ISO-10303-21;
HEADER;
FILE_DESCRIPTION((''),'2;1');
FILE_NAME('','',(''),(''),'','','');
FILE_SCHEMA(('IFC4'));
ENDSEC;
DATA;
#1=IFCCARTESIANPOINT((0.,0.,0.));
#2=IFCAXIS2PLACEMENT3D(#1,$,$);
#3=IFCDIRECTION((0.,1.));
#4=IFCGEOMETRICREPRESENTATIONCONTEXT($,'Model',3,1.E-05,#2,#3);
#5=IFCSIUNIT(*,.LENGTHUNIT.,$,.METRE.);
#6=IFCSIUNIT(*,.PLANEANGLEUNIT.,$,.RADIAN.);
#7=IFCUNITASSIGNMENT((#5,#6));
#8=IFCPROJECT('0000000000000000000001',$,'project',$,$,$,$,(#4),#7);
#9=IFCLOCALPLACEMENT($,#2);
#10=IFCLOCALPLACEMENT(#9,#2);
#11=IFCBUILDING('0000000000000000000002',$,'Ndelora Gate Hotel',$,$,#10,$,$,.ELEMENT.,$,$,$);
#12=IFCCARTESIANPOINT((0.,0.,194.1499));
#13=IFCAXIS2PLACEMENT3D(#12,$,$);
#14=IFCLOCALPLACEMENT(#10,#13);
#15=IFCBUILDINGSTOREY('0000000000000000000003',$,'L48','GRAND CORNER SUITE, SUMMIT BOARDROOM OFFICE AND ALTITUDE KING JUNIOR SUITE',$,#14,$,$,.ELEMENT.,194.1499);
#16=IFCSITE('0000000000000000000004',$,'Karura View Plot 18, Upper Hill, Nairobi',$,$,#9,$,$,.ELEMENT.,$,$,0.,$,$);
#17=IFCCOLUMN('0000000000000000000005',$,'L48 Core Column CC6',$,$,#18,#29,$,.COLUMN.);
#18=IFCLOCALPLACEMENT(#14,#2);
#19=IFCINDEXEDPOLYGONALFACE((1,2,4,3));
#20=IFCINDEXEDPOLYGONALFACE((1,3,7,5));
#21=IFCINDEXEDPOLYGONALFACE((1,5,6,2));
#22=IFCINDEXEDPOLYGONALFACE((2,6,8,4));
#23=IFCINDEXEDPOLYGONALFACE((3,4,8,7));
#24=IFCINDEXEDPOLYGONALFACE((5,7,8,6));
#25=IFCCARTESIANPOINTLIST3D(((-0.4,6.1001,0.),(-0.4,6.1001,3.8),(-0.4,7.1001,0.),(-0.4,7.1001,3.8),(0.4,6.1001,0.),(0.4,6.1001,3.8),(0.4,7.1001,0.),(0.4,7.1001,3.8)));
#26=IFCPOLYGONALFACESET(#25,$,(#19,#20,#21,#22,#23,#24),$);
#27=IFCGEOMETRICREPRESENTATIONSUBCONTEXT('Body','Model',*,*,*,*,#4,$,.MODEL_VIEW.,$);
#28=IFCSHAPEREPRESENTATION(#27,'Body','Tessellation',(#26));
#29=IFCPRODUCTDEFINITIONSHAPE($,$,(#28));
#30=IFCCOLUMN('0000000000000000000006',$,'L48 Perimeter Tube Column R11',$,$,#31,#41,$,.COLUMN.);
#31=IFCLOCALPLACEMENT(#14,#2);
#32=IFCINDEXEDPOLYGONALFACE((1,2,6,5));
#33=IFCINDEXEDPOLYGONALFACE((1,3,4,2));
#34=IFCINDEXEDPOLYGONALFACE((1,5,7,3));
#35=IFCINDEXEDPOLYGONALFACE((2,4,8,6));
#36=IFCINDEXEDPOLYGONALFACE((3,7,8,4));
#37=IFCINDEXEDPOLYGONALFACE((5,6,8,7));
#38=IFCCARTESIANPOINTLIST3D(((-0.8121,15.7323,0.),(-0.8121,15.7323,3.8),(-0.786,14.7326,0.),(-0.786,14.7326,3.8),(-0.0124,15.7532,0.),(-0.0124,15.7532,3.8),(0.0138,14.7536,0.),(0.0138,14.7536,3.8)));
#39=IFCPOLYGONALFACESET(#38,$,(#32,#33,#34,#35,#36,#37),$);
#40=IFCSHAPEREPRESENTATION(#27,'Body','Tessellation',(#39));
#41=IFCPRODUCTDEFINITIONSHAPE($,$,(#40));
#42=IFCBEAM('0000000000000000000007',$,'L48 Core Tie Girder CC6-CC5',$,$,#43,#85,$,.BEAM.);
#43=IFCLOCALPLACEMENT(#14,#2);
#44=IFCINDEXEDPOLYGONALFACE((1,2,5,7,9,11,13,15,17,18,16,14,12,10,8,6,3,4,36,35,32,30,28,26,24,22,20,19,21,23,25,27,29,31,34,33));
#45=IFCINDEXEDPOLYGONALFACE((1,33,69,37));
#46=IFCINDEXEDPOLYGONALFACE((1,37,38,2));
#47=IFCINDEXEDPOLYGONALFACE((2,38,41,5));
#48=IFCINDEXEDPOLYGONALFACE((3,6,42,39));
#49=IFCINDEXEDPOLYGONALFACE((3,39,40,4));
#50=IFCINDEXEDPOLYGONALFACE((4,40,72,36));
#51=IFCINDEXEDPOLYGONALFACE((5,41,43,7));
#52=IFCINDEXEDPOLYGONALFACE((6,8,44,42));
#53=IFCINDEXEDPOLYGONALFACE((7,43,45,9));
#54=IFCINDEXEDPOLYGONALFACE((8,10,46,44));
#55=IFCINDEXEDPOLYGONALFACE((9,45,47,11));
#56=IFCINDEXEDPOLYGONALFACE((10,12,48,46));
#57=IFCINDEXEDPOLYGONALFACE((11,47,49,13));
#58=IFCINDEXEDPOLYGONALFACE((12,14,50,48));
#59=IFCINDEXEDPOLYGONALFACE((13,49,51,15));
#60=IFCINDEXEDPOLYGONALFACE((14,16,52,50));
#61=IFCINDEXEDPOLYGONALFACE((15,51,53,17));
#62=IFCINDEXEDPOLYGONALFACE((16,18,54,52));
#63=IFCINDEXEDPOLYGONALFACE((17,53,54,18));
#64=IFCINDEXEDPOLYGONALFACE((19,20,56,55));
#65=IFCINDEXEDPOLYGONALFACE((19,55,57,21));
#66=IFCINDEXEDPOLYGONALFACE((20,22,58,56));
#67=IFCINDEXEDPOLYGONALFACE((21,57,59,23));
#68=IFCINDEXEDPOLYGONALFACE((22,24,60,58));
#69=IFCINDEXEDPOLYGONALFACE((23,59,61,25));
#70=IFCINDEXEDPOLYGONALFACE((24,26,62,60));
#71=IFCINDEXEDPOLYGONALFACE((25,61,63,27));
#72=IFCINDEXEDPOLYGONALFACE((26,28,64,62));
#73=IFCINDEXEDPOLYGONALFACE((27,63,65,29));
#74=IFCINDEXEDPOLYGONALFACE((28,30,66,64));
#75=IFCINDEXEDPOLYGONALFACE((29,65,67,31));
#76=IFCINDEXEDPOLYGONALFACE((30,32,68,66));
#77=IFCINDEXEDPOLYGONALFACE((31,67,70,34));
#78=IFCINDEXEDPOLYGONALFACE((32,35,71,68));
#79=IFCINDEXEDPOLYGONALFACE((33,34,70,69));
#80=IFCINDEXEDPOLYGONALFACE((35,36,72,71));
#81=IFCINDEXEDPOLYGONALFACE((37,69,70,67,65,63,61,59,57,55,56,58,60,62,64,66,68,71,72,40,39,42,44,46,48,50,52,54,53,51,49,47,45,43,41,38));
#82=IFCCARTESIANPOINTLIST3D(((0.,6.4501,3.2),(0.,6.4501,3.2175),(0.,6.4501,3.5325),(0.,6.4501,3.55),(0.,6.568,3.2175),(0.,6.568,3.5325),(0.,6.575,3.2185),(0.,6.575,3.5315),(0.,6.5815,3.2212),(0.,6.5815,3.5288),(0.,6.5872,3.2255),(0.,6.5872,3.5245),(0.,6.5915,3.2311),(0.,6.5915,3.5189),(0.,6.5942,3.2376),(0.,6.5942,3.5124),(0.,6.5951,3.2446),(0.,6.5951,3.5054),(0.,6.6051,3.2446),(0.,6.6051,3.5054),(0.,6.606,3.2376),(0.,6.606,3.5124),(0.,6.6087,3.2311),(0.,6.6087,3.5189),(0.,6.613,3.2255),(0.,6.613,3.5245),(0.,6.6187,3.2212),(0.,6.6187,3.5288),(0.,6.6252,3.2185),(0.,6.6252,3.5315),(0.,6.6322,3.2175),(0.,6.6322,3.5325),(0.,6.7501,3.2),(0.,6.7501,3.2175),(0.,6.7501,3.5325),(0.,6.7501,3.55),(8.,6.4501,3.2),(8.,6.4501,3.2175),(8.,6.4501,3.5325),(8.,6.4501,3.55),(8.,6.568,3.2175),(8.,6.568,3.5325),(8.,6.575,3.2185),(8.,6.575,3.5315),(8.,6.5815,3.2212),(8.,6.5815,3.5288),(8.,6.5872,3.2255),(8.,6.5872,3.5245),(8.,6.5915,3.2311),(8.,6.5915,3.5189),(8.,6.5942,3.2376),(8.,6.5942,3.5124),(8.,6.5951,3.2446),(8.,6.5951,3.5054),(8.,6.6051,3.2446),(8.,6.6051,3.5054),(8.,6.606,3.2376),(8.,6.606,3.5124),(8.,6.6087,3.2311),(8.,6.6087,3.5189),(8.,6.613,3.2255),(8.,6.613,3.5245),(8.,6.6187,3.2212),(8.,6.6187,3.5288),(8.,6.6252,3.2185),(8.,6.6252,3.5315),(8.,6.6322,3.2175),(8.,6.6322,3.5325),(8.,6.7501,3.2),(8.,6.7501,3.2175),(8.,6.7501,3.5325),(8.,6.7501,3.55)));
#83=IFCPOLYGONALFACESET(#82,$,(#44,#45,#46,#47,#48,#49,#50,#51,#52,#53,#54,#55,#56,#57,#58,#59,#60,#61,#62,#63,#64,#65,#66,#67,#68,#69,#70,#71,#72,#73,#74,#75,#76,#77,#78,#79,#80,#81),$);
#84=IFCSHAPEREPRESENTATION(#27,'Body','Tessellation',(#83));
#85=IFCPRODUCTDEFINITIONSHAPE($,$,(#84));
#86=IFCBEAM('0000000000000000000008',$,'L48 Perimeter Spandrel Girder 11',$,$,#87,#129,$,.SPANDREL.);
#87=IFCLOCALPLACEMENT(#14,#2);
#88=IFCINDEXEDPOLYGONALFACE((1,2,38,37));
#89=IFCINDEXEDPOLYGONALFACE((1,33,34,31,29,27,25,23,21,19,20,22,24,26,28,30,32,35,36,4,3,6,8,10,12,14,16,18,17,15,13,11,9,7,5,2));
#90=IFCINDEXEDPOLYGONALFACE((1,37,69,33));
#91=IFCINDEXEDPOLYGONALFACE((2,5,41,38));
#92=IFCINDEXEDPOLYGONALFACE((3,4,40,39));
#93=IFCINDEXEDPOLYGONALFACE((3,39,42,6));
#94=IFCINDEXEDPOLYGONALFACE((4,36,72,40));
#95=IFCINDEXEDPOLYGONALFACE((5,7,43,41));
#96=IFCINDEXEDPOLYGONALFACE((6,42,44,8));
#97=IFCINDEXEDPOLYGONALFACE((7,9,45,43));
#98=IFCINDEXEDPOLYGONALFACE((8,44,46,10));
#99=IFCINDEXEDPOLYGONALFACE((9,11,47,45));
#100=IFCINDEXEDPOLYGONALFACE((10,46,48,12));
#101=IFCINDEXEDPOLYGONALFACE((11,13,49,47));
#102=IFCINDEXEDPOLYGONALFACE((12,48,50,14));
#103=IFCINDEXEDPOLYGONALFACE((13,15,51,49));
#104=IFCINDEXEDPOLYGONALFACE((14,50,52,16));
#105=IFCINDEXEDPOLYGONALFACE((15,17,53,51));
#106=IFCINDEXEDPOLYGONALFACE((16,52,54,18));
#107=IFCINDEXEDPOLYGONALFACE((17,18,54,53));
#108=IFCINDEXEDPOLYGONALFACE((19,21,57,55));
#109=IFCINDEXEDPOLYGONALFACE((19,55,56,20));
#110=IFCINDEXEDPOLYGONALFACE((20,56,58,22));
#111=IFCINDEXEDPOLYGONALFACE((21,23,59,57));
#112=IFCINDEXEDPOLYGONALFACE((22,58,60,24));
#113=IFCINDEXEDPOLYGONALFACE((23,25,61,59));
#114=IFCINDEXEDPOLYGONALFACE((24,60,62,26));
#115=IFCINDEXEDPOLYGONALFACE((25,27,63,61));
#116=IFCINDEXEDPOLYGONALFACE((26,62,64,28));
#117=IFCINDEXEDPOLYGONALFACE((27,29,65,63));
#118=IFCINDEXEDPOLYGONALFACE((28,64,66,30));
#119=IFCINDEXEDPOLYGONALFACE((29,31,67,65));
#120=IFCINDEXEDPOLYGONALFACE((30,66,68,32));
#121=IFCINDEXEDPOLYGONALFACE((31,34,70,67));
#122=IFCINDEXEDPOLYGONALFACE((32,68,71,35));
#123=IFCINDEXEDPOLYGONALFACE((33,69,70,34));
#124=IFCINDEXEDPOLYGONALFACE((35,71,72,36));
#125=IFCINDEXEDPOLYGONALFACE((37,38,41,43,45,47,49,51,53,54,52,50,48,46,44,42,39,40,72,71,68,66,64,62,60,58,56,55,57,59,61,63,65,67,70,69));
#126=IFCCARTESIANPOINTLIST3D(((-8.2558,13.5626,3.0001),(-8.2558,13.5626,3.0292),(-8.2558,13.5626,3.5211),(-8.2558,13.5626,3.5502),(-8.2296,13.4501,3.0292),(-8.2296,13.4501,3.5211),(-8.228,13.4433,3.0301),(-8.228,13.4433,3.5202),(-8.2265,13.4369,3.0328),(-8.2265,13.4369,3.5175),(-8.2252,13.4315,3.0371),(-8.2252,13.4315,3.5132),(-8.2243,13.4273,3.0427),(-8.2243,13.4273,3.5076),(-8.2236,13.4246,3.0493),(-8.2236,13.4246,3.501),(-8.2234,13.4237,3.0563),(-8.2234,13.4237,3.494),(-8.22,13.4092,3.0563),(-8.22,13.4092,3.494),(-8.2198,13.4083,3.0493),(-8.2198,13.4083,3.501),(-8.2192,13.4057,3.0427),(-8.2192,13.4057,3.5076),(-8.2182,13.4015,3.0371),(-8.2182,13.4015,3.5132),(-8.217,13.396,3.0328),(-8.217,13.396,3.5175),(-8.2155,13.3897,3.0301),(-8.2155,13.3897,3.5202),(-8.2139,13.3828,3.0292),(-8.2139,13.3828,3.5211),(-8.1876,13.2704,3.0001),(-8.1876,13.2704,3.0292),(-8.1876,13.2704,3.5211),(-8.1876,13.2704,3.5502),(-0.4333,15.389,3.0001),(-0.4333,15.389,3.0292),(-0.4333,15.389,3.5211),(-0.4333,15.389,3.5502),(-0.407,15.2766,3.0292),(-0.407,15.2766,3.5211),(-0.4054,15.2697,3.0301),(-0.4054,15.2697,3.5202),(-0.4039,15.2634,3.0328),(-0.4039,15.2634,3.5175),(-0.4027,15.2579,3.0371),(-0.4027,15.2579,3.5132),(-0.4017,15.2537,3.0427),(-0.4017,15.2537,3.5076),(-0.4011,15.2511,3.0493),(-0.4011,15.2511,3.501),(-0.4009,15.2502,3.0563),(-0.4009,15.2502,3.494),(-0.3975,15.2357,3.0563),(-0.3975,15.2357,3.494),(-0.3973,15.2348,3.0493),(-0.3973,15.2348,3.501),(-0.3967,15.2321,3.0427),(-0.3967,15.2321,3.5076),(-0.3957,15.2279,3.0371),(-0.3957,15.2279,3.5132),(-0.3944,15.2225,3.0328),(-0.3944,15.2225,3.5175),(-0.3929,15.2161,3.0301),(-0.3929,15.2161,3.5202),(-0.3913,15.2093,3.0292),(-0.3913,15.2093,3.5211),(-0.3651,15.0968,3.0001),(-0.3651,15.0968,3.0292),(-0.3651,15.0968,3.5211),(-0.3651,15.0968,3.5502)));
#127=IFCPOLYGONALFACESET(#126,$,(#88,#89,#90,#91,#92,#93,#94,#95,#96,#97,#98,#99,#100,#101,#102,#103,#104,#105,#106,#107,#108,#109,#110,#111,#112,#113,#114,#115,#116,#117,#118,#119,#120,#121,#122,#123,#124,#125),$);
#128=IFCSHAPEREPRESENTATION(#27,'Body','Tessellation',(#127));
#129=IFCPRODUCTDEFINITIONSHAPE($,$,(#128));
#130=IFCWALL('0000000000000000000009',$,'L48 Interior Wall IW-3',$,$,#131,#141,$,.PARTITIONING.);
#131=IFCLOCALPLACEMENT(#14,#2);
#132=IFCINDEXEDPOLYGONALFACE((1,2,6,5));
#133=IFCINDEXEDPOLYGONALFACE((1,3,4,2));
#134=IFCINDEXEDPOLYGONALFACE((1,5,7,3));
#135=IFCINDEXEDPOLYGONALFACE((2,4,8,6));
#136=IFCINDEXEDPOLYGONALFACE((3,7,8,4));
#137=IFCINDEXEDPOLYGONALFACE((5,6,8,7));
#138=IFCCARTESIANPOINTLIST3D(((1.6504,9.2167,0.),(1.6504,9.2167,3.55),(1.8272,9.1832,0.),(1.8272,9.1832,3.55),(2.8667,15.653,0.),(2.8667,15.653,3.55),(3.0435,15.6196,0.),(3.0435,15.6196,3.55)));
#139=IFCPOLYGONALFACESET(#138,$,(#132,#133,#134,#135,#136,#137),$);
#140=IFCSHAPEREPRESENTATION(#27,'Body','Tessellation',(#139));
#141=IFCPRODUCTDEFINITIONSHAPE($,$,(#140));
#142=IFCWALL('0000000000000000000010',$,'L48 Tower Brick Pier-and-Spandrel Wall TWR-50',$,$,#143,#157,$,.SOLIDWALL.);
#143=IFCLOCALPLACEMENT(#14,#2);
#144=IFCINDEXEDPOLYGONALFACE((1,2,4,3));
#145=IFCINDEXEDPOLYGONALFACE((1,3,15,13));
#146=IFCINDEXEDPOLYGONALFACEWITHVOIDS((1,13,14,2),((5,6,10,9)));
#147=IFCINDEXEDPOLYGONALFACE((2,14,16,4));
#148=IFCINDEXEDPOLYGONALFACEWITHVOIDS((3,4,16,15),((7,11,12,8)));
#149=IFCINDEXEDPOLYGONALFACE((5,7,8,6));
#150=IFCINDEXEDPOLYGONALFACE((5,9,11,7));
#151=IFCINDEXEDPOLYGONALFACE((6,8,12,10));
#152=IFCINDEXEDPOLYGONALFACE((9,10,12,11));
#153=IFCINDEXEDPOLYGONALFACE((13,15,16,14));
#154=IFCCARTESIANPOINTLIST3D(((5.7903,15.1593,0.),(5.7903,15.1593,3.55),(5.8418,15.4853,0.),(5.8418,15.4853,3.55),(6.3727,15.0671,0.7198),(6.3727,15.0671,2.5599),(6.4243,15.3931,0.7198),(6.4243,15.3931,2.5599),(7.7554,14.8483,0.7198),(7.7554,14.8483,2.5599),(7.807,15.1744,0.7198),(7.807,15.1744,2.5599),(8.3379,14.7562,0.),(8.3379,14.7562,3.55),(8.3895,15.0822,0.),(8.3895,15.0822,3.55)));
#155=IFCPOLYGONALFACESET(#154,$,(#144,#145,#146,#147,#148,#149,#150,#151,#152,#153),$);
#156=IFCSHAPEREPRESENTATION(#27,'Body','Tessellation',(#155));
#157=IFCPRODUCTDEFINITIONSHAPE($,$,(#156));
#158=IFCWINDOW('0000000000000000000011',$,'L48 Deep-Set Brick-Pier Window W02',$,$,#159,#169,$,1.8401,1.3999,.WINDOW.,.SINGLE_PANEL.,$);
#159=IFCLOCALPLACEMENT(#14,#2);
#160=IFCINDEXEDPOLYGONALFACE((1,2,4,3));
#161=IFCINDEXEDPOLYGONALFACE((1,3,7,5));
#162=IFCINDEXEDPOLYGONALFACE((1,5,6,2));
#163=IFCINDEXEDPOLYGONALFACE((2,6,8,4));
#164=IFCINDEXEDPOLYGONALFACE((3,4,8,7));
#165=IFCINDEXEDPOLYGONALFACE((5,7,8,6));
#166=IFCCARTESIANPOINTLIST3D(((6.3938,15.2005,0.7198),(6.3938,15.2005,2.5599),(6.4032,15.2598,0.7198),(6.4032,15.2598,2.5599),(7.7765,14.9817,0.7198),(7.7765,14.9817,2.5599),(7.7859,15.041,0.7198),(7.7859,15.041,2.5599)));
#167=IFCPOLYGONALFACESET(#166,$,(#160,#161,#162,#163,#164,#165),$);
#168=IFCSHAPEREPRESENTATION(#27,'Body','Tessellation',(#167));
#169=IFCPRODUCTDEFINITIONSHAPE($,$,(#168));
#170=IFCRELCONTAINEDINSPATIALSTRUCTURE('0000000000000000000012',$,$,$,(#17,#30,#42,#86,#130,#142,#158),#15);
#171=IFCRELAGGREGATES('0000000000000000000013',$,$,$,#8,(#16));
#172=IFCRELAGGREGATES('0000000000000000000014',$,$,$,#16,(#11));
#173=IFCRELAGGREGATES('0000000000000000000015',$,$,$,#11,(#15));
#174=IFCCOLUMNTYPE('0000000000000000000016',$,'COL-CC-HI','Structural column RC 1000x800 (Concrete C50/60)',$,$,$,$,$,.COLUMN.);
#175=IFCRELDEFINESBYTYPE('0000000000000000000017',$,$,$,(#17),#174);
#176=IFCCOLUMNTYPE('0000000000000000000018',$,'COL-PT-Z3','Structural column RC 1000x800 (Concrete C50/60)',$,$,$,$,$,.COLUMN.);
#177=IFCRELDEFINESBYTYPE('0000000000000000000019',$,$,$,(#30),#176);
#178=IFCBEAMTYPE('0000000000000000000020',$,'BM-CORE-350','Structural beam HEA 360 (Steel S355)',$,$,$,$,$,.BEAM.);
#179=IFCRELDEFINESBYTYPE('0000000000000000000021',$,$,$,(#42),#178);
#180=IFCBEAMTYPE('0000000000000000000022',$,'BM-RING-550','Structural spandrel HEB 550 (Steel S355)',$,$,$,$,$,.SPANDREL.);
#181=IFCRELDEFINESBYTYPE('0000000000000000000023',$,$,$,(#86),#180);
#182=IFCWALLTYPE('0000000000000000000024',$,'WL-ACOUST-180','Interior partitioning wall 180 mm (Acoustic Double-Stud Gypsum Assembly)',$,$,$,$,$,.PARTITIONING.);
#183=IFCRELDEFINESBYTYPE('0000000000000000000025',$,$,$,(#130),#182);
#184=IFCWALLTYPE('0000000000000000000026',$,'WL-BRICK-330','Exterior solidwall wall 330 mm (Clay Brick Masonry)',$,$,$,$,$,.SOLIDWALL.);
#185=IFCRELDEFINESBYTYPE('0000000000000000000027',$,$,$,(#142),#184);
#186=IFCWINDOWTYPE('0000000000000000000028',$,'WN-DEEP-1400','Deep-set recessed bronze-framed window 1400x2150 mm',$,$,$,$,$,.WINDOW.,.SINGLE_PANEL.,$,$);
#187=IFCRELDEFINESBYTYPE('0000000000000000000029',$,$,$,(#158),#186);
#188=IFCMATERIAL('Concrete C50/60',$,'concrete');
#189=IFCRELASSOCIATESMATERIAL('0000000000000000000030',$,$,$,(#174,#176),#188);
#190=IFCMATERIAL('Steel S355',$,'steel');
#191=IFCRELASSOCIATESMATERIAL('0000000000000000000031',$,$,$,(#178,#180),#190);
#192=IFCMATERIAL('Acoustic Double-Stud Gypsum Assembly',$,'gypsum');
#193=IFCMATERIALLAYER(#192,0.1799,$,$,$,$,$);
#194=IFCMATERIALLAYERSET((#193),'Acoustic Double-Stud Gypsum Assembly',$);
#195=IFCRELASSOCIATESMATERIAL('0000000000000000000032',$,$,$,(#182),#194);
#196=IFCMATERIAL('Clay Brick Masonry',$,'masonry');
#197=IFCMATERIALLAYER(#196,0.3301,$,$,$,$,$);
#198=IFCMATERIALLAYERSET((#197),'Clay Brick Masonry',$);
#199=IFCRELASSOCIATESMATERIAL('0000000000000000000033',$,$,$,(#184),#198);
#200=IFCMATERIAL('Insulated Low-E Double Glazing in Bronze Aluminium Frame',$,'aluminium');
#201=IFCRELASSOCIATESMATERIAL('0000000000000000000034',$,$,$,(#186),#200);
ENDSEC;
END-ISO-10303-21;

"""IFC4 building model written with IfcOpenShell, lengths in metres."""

from ifc_helpers import new_model, si_unit, direction, frame, frame_2d, origin, origin_2d, place, context, subcontext, project, spatial, rectangle, i_section, extrude, material, layer, layer_set, material_profile, profile_set, type_object, element, fill, save


model = new_model("IFC4")

# Units and contexts
model_context = context("Model", 3, precision=1e-05, world=origin(), true_north=direction((0.0, 1.0)))
body_context = subcontext(model_context, "Body", "Model", "MODEL_VIEW")
ifc_project = project(units=[si_unit("LENGTHUNIT", "METRE"), si_unit("PLANEANGLEUNIT", "RADIAN")], contexts=[model_context])

# Site, building, storey
site_placement = place(None, origin())
site = spatial("IfcSite", under=ifc_project, at=site_placement, Name="Karura View Plot 18, Upper Hill, Nairobi", CompositionType="ELEMENT", RefElevation=0.0)
building_placement = place(site_placement, origin())
building = spatial("IfcBuilding", under=site, at=building_placement, Name="Ndelora Gate Hotel", CompositionType="ELEMENT")
storey_placement = place(building_placement, frame((0.0, 0.0, 194.1499)))
storey = spatial("IfcBuildingStorey", under=building, at=storey_placement, Name="L48", Description="GRAND CORNER SUITE, SUMMIT BOARDROOM OFFICE AND ALTITUDE KING JUNIOR SUITE", CompositionType="ELEMENT", Elevation=194.1499)

# Columns
ifc_material_1 = material(Name="Concrete C50/60", Category="concrete")
ifc_material_profile_1 = material_profile(ifc_material_1, rectangle(XDim=0.8, YDim=1.0, at=origin_2d()), Name="RC 1000x800")
ifc_profile_set_1 = profile_set([ifc_material_profile_1], Name="Concrete C50/60")
column_type_1 = type_object("IfcColumnType", Name="COL-CC-HI", Description="Structural column RC 1000x800 (Concrete C50/60)", PredefinedType="COLUMN", material=ifc_profile_set_1)
column_1_placement = place(storey_placement, frame((0.0, 6.6001, 0.0), z_axis=(0.0, 0.0, 1.0), x_axis=(1.0, 0.0, 0.0)))
element("IfcColumn", 1, at=column_1_placement, inside=storey, type_object=column_type_1, Name="L48 Core Column CC6", PredefinedType="COLUMN", context=body_context, shape_type="SweptSolid", body=[
    extrude(rectangle(XDim=0.8, YDim=1.0, at=origin_2d()), origin(), (0.0, 0.0, 1.0), 3.8),
])
ifc_material_profile_2 = material_profile(ifc_material_1, rectangle(XDim=0.8, YDim=1.0, at=origin_2d()), Name="RC 1000x800")
ifc_profile_set_2 = profile_set([ifc_material_profile_2], Name="Concrete C50/60")
column_type_2 = type_object("IfcColumnType", Name="COL-PT-Z3", Description="Structural column RC 1000x800 (Concrete C50/60)", PredefinedType="COLUMN", material=ifc_profile_set_2)
column_2_placement = place(storey_placement, frame((-0.3992, 15.2429, 0.0), z_axis=(0.0, 0.0, 1.0), x_axis=(0.999657, 0.026177, 0.0)))
element("IfcColumn", 2, at=column_2_placement, inside=storey, type_object=column_type_2, Name="L48 Perimeter Tube Column R11", PredefinedType="COLUMN", context=body_context, shape_type="SweptSolid", body=[
    extrude(rectangle(XDim=0.8, YDim=1.0, at=origin_2d()), origin(), (0.0, 0.0, 1.0), 3.8),
])

# Beams
ifc_material_2 = material(Name="Steel S355", Category="steel")
ifc_material_profile_3 = material_profile(ifc_material_2, i_section(OverallWidth=0.3, OverallDepth=0.3501, WebThickness=0.01, FlangeThickness=0.0176, FilletRadius=0.0271, at=origin_2d()), Name="HEA 360")
ifc_profile_set_3 = profile_set([ifc_material_profile_3], Name="Steel S355")
beam_type_1 = type_object("IfcBeamType", Name="BM-CORE-350", Description="Structural beam HEA 360 (Steel S355)", PredefinedType="BEAM", material=ifc_profile_set_3)
beam_1_placement = place(storey_placement, frame((0.0, 6.6001, 3.375), z_axis=(1.0, 0.0, 0.0), x_axis=(0.0, 1.0, 0.0)))
element("IfcBeam", 3, at=beam_1_placement, inside=storey, type_object=beam_type_1, Name="L48 Core Tie Girder CC6-CC5", PredefinedType="BEAM", context=body_context, shape_type="SweptSolid", body=[
    extrude(i_section(OverallWidth=0.3, OverallDepth=0.3501, WebThickness=0.01, FlangeThickness=0.0176, FilletRadius=0.0271, at=origin_2d()), origin(), (0.0, 0.0, 1.0), 8.0),
])
ifc_material_profile_4 = material_profile(ifc_material_2, i_section(OverallWidth=0.3, OverallDepth=0.55, WebThickness=0.0149, FlangeThickness=0.0291, FilletRadius=0.0271, at=origin_2d()), Name="HEB 550")
ifc_profile_set_4 = profile_set([ifc_material_profile_4], Name="Steel S355")
beam_type_2 = type_object("IfcBeamType", Name="BM-RING-550", Description="Structural spandrel HEB 550 (Steel S355)", PredefinedType="SPANDREL", material=ifc_profile_set_4)
beam_2_placement = place(storey_placement, frame((-0.3992, 15.2429, 3.2751), z_axis=(-0.973809, -0.227367, 0.0), x_axis=(0.227367, -0.973809, 0.0)))
element("IfcBeam", 4, at=beam_2_placement, inside=storey, type_object=beam_type_2, Name="L48 Perimeter Spandrel Girder 11", PredefinedType="SPANDREL", context=body_context, shape_type="SweptSolid", body=[
    extrude(i_section(OverallWidth=0.3, OverallDepth=0.55, WebThickness=0.0149, FlangeThickness=0.0291, FilletRadius=0.0271, at=origin_2d()), origin(), (0.0, 0.0, 1.0), 8.033),
])

# Wall
ifc_material_3 = material(Name="Acoustic Double-Stud Gypsum Assembly", Category="gypsum")
ifc_layer_1 = layer(ifc_material_3, 0.1799)
ifc_layer_set_1 = layer_set([ifc_layer_1], Name="Acoustic Double-Stud Gypsum Assembly")
wall_type_1 = type_object("IfcWallType", Name="WL-ACOUST-180", Description="Interior partitioning wall 180 mm (Acoustic Double-Stud Gypsum Assembly)", PredefinedType="PARTITIONING", material=ifc_layer_set_1)
wall_1_placement = place(storey_placement, frame((1.7388, 9.2, 0.0), z_axis=(0.0, 0.0, 1.0), x_axis=(0.18569, 0.982608, 0.0)))
element("IfcWall", 5, at=wall_1_placement, inside=storey, type_object=wall_type_1, Name="L48 Interior Wall IW-3", PredefinedType="PARTITIONING", context=body_context, shape_type="SweptSolid", body=[
    extrude(rectangle(XDim=6.5503, YDim=0.1799, at=frame_2d((3.2751, 0.0))), origin(), (0.0, 0.0, 1.0), 3.55),
])

# Wall, opening, window
ifc_material_4 = material(Name="Clay Brick Masonry", Category="masonry")
ifc_layer_2 = layer(ifc_material_4, 0.3301)
ifc_layer_set_2 = layer_set([ifc_layer_2], Name="Clay Brick Masonry")
wall_type_2 = type_object("IfcWallType", Name="WL-BRICK-330", Description="Exterior solidwall wall 330 mm (Clay Brick Masonry)", PredefinedType="SOLIDWALL", material=ifc_layer_set_2)
wall_2_placement = place(storey_placement, frame((5.8162, 15.3223, 0.0), z_axis=(0.0, 0.0, 1.0), x_axis=(0.987714, -0.156274, 0.0)))
wall_2 = element("IfcWall", 6, at=wall_2_placement, inside=storey, type_object=wall_type_2, Name="L48 Tower Brick Pier-and-Spandrel Wall TWR-50", PredefinedType="SOLIDWALL", context=body_context, shape_type="SweptSolid", body=[
    extrude(rectangle(XDim=2.5793, YDim=0.3301, at=frame_2d((1.2896, 0.0))), origin(), (0.0, 0.0, 1.0), 3.55),
])
opening_1_placement = place(wall_2_placement, frame((0.5896, 0.0, 0.72)))
opening_1 = element("IfcOpeningElement", 7, at=opening_1_placement, cuts=wall_2, PredefinedType="OPENING", context=body_context, shape_type="SweptSolid", body=[
    extrude(rectangle(XDim=1.3999, YDim=1.8401, at=frame_2d((0.7, 0.9199))), frame((0.0, 0.175, 0.0), z_axis=(0.0, -1.0, 0.0), x_axis=(1.0, 0.0, 0.0)), (0.0, 0.0, 1.0), 0.3501),
])
ifc_material_5 = material(Name="Insulated Low-E Double Glazing in Bronze Aluminium Frame", Category="aluminium")
window_type = type_object("IfcWindowType", Name="WN-DEEP-1400", Description="Deep-set recessed bronze-framed window 1400x2150 mm", PartitioningType="SINGLE_PANEL", PredefinedType="WINDOW", material=ifc_material_5)
window_1_placement = place(opening_1_placement, origin())
window_1 = element("IfcWindow", 8, at=window_1_placement, inside=storey, type_object=window_type, Name="L48 Deep-Set Brick-Pier Window W02", OverallHeight=1.8401, OverallWidth=1.3999, PartitioningType="SINGLE_PANEL", PredefinedType="WINDOW", context=body_context, shape_type="SweptSolid", body=[
    extrude(rectangle(XDim=1.3999, YDim=1.8401, at=frame_2d((0.7, 0.9199))), frame((0.0, 0.03, 0.0), z_axis=(0.0, -1.0, 0.0), x_axis=(1.0, 0.0, 0.0)), (0.0, 0.0, 1.0), 0.0601),
])
fill(opening_1, window_1)

save(model, "model.ifc")
